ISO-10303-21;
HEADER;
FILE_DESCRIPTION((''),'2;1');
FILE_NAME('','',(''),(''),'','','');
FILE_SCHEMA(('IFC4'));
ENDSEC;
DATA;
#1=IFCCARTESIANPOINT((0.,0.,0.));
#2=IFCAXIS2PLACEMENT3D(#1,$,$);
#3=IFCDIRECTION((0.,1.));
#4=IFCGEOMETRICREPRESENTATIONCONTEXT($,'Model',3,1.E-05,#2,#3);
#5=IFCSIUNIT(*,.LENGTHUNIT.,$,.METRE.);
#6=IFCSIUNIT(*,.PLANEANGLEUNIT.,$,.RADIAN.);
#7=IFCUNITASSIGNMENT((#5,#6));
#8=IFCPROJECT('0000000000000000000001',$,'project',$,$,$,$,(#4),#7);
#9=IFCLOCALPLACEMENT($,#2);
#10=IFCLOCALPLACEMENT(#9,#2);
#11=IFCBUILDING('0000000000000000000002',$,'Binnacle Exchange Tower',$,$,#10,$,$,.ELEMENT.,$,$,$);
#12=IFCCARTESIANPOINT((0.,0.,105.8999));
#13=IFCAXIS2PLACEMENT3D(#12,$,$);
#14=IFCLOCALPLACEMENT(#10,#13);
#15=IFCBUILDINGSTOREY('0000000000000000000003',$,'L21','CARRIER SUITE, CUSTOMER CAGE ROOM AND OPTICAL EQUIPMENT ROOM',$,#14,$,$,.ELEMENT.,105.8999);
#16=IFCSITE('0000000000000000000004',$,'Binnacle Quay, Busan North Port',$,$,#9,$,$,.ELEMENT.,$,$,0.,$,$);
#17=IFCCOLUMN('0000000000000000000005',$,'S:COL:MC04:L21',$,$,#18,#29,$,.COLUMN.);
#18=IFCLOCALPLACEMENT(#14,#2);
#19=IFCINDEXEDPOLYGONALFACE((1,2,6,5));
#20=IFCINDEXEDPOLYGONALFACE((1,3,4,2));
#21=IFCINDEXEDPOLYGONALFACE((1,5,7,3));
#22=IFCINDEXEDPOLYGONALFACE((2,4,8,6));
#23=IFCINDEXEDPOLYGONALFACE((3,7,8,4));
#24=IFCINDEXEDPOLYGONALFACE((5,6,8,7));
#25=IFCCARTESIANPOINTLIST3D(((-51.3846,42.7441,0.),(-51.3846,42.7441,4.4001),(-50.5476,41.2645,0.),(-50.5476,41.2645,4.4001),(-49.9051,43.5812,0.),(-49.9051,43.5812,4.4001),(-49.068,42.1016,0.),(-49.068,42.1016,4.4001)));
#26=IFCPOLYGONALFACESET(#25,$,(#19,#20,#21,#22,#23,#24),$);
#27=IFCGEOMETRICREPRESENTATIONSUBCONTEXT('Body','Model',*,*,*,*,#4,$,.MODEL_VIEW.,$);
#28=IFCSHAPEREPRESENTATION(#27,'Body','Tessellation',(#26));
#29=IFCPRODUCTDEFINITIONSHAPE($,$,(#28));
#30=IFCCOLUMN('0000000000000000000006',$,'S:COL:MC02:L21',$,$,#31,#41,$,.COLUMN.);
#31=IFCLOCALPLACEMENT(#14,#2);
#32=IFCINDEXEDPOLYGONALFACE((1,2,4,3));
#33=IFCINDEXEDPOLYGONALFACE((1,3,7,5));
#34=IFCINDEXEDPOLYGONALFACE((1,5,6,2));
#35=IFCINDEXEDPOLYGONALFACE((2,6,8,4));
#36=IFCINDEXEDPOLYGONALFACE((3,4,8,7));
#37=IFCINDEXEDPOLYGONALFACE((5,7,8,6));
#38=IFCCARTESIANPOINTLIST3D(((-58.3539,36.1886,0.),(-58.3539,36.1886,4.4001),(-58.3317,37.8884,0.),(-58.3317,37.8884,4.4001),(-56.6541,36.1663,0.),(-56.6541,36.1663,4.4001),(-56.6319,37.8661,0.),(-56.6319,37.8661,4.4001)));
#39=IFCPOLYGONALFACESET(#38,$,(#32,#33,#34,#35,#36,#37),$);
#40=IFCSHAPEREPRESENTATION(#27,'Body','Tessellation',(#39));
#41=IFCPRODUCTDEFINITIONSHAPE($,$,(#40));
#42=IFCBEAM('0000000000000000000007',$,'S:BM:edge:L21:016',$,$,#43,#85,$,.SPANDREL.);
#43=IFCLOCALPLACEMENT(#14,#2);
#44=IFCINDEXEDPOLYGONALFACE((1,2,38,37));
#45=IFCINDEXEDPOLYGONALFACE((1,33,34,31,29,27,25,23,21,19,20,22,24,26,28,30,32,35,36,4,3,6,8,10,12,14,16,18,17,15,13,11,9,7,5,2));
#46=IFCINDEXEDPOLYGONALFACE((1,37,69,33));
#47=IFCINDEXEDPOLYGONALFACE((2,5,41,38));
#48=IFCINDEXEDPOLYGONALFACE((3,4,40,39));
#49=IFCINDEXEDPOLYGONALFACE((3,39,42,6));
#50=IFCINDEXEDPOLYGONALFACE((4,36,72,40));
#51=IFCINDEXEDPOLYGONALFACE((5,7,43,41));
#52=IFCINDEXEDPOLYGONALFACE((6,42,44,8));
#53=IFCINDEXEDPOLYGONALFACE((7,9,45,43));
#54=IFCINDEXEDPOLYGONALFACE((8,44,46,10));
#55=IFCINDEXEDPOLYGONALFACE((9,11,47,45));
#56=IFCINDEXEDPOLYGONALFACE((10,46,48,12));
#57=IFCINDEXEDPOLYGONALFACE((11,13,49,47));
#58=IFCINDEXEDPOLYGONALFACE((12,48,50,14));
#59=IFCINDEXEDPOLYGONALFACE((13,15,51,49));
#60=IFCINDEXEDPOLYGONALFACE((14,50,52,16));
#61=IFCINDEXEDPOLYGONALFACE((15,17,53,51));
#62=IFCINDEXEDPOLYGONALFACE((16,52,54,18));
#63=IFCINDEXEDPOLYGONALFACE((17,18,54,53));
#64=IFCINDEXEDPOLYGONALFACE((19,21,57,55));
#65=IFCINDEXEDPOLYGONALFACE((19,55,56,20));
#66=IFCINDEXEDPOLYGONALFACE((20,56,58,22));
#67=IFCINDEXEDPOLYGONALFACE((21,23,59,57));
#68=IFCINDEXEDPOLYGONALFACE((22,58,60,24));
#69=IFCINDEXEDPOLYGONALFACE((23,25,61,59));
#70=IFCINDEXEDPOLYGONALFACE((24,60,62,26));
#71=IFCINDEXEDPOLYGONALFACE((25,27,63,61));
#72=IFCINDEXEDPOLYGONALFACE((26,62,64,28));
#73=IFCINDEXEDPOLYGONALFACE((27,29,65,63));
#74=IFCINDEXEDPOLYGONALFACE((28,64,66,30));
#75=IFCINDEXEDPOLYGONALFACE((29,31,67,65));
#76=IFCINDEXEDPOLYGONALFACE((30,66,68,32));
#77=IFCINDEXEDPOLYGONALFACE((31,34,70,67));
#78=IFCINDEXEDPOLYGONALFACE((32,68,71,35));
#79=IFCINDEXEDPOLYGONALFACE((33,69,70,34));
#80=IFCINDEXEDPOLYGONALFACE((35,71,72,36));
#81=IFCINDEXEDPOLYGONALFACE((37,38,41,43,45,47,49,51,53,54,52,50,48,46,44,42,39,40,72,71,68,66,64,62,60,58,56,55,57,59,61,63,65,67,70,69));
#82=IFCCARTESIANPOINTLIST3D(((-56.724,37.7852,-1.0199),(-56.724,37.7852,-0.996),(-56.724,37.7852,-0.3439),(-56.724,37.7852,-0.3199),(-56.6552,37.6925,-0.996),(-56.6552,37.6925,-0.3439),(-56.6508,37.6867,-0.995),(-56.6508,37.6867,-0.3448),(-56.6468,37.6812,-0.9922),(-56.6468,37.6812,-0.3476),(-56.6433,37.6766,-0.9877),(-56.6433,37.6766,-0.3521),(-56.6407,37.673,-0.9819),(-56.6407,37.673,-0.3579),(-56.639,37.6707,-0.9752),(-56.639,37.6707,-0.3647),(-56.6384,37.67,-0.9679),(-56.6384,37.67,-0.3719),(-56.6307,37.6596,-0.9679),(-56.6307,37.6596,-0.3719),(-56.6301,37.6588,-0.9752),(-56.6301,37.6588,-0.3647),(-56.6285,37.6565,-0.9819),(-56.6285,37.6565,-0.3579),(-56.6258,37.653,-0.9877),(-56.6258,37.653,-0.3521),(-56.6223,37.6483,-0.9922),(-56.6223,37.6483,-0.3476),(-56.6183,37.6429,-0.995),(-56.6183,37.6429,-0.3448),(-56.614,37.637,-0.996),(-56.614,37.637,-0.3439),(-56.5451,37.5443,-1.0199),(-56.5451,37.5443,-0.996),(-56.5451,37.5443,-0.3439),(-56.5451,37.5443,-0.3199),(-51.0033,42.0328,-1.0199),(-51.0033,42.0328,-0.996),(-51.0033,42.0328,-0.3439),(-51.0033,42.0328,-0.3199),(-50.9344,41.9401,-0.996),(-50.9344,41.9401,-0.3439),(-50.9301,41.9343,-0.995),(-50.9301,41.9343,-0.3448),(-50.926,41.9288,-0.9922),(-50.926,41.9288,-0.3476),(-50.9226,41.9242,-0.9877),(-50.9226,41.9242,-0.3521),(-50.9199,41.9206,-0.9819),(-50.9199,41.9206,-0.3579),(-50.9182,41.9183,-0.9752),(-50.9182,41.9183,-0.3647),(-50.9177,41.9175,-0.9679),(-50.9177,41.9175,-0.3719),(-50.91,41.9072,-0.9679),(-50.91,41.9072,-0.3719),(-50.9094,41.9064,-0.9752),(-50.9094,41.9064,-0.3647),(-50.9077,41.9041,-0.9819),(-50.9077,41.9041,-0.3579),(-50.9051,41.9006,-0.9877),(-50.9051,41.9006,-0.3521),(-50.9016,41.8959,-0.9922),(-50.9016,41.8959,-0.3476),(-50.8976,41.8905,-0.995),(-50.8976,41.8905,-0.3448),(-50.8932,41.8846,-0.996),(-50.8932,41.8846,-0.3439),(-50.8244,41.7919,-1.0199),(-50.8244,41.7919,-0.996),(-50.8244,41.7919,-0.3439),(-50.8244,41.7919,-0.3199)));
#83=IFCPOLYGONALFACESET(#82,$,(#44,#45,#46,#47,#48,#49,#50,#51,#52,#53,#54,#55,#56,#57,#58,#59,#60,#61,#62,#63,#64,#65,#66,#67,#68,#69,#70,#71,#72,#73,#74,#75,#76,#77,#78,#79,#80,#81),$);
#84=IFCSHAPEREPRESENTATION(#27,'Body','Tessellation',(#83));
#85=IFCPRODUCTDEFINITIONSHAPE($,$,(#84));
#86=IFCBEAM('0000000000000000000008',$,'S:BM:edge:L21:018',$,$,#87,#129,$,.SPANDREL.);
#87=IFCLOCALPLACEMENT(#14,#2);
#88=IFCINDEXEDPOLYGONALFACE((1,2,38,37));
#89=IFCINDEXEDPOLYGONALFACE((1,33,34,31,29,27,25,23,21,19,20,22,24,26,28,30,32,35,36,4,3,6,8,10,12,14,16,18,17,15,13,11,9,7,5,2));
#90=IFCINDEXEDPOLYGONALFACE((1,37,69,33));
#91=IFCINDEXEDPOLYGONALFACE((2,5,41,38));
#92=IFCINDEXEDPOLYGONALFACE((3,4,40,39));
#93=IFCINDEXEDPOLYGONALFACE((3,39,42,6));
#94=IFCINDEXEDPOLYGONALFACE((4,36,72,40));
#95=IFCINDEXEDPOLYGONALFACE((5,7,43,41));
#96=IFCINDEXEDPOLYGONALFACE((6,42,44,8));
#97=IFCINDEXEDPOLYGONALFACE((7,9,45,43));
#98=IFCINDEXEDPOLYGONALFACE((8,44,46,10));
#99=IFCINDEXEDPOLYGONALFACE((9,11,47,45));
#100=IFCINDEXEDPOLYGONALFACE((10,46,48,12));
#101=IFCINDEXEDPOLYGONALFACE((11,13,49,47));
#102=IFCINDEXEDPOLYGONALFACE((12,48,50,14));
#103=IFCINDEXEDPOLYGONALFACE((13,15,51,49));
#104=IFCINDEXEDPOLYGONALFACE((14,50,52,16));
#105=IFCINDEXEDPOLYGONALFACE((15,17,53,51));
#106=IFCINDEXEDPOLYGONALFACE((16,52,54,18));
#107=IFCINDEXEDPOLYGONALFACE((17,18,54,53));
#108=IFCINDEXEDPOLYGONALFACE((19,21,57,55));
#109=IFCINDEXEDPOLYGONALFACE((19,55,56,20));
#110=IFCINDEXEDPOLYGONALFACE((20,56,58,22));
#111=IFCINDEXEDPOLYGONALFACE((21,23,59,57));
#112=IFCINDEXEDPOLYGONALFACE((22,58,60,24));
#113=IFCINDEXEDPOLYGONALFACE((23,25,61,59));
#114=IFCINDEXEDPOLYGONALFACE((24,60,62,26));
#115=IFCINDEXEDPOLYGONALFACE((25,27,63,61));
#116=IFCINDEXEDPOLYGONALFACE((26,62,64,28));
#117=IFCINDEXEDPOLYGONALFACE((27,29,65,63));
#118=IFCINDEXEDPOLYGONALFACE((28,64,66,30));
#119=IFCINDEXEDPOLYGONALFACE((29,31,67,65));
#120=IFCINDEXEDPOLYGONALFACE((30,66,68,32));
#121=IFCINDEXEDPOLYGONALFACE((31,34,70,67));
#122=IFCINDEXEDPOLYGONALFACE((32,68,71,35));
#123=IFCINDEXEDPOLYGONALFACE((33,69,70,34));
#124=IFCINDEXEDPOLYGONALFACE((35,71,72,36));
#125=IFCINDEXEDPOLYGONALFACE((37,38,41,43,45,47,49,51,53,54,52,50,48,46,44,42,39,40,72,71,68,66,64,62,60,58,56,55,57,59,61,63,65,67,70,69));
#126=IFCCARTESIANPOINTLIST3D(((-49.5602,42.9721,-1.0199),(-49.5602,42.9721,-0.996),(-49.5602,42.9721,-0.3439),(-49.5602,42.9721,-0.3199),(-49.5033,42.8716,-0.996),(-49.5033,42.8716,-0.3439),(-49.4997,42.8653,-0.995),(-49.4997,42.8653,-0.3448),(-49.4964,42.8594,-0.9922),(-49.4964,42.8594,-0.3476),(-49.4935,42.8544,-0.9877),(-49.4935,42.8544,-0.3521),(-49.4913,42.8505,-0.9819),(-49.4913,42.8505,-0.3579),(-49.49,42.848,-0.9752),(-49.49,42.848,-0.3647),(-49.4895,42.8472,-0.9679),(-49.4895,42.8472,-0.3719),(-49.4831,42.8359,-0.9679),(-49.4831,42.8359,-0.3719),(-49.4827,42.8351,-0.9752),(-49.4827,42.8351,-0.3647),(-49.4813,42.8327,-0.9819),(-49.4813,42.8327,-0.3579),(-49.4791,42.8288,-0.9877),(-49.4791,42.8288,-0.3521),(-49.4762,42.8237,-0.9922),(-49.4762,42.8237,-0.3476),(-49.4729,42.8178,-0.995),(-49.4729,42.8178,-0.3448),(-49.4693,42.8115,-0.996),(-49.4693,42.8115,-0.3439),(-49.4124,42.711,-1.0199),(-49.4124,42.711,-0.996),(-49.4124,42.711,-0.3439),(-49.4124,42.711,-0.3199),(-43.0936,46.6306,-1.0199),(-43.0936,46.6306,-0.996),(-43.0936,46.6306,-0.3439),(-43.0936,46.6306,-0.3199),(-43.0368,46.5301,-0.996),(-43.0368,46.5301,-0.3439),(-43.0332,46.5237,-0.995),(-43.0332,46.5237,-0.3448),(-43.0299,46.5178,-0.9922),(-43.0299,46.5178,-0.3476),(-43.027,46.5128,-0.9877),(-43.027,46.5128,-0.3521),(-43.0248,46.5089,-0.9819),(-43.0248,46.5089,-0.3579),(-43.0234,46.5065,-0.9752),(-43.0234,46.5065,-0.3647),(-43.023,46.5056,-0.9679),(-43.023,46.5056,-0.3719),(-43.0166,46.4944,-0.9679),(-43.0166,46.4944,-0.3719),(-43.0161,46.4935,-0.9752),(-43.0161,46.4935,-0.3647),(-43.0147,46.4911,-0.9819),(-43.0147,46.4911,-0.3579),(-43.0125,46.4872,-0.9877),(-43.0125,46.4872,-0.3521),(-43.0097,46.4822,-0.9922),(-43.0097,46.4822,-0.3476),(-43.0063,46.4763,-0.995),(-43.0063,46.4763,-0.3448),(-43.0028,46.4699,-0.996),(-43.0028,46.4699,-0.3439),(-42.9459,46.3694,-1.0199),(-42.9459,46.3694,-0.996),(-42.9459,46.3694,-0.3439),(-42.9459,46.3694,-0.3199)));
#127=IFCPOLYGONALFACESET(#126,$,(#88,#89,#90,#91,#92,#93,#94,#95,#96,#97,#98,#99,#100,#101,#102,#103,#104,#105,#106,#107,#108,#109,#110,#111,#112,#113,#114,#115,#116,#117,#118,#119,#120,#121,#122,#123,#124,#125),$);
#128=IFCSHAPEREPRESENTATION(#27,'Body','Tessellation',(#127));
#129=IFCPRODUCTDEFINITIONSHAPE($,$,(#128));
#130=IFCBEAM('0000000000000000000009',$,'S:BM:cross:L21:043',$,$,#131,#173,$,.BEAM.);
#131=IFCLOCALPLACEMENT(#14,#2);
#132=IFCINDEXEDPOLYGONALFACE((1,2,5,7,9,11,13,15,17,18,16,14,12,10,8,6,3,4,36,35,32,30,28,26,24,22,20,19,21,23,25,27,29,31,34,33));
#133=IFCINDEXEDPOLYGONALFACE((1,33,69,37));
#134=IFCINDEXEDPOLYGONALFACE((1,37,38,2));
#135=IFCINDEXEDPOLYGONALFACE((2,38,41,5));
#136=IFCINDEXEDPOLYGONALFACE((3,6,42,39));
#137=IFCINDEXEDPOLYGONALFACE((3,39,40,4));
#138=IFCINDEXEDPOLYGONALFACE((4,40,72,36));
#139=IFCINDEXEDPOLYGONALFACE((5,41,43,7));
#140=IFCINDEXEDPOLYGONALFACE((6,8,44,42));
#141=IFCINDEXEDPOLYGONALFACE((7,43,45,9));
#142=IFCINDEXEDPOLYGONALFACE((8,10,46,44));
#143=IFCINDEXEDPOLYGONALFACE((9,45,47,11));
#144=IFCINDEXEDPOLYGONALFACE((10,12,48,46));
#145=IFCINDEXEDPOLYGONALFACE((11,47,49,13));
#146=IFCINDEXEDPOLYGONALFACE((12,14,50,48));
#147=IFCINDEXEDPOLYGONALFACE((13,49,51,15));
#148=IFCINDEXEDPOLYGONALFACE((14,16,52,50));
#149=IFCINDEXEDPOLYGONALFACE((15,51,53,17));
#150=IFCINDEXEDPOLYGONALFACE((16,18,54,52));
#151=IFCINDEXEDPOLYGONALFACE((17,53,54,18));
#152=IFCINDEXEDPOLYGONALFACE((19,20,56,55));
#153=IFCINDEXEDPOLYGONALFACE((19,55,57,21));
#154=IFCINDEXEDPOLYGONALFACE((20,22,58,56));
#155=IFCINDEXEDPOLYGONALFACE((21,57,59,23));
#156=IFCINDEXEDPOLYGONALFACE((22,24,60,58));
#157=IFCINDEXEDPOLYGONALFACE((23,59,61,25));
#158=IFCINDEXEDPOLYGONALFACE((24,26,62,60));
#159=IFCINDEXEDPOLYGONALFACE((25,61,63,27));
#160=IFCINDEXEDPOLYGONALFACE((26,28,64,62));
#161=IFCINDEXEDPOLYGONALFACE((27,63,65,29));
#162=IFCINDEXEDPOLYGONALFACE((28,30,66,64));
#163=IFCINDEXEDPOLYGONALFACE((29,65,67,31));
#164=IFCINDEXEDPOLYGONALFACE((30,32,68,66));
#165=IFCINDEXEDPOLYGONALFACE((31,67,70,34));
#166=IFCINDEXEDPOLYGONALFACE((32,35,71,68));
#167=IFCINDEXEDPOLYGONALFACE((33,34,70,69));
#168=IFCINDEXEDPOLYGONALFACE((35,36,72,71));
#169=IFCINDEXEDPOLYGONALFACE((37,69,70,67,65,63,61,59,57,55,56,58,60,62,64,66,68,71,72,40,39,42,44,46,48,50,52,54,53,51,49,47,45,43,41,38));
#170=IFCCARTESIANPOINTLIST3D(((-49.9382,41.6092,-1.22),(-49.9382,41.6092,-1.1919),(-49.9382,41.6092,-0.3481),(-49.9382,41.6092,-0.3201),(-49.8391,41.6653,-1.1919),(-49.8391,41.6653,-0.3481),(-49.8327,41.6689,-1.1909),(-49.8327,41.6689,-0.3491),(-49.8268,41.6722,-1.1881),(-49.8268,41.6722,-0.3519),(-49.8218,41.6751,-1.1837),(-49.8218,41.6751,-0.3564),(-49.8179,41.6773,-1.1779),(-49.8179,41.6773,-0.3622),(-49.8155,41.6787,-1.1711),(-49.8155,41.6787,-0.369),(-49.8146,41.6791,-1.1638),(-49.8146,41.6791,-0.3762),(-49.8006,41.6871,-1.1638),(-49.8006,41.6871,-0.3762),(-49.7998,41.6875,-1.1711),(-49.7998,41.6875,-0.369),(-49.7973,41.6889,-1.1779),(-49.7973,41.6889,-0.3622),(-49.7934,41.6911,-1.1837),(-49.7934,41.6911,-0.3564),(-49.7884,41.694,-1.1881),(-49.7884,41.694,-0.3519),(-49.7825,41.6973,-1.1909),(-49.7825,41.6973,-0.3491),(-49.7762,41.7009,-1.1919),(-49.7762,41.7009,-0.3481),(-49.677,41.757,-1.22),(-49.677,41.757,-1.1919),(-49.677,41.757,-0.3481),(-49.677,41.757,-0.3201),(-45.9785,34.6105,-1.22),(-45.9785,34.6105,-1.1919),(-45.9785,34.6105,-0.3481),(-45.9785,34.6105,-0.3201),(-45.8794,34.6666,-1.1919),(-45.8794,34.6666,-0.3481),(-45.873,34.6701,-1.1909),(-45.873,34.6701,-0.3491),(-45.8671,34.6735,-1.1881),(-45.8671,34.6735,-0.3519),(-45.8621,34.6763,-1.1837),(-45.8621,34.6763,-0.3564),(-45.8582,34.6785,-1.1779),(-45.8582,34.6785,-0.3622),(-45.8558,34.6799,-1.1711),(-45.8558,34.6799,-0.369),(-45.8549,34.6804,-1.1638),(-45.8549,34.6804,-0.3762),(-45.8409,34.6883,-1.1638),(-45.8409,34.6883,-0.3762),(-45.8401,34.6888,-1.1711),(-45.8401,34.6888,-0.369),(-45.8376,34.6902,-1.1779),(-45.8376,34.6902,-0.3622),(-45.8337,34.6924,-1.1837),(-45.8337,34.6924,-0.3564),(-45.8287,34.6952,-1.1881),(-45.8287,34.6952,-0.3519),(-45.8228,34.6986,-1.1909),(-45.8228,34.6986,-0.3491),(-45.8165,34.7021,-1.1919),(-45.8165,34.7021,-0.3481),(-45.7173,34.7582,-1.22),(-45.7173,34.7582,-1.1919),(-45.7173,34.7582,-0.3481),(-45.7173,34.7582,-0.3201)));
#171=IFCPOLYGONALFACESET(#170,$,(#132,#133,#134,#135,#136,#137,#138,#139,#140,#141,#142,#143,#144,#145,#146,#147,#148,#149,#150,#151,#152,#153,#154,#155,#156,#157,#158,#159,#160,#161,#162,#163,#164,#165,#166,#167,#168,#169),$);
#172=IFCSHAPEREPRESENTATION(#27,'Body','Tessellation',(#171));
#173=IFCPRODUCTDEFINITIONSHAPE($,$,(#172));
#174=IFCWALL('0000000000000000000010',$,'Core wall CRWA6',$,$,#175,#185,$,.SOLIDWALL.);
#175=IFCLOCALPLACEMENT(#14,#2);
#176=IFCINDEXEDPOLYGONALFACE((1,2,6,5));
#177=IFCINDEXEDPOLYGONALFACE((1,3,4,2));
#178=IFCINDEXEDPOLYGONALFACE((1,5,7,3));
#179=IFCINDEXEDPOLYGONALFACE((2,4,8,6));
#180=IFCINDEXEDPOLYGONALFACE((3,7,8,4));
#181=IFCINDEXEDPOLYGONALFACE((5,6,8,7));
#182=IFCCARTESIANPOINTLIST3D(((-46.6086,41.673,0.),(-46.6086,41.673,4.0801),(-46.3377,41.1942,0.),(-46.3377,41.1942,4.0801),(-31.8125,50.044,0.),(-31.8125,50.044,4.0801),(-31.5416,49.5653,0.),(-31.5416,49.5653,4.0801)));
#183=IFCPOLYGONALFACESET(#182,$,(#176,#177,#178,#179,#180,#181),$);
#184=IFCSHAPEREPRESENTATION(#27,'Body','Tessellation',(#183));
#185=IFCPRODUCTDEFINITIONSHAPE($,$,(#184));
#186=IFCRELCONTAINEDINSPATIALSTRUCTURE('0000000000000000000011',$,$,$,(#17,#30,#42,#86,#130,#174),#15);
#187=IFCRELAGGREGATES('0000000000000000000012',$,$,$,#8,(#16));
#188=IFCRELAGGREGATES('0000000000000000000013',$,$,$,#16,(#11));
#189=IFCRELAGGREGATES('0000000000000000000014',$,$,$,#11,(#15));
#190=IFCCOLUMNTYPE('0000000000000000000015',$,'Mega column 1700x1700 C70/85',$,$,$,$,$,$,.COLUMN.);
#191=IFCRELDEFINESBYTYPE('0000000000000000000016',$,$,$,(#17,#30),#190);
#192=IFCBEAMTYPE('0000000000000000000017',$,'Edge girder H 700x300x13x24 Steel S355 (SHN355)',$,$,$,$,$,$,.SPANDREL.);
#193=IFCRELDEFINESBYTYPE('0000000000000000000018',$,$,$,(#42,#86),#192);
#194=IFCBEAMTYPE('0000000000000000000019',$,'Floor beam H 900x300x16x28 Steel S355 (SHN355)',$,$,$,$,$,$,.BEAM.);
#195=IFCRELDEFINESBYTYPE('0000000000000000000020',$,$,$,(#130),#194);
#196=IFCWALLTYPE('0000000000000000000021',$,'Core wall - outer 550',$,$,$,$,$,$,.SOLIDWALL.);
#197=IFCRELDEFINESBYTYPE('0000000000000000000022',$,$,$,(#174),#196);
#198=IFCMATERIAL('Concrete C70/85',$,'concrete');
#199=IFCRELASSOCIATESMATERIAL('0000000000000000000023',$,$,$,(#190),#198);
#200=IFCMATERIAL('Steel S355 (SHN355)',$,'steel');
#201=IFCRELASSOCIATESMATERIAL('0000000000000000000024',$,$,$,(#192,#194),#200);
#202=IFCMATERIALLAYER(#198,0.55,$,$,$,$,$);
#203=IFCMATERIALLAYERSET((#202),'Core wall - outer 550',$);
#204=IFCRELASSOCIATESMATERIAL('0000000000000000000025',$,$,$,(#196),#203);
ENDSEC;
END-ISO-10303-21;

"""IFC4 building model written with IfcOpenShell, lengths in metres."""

from ifc_helpers import new_model, si_unit, direction, frame, frame_2d, origin, origin_2d, place, context, subcontext, project, spatial, rectangle, i_section, extrude, material, layer, layer_set, material_profile, profile_set, type_object, element, save


model = new_model("IFC4")

# Units and contexts
model_context = context("Model", 3, precision=1e-05, world=origin(), true_north=direction((0.0, 1.0)))
body_context = subcontext(model_context, "Body", "Model", "MODEL_VIEW")
ifc_project = project(units=[si_unit("LENGTHUNIT", "METRE"), si_unit("PLANEANGLEUNIT", "RADIAN")], contexts=[model_context])

# Site, building, storey
site_placement = place(None, origin())
site = spatial("IfcSite", under=ifc_project, at=site_placement, Name="Binnacle Quay, Busan North Port", CompositionType="ELEMENT", RefElevation=0.0)
building_placement = place(site_placement, origin())
building = spatial("IfcBuilding", under=site, at=building_placement, Name="Binnacle Exchange Tower", CompositionType="ELEMENT")
storey_placement = place(building_placement, frame((0.0, 0.0, 105.8999)))
storey = spatial("IfcBuildingStorey", under=building, at=storey_placement, Name="L21", Description="CARRIER SUITE, CUSTOMER CAGE ROOM AND OPTICAL EQUIPMENT ROOM", CompositionType="ELEMENT", Elevation=105.8999)

# Columns
ifc_material_1 = material(Name="Concrete C70/85", Category="concrete")
ifc_material_profile_1 = material_profile(ifc_material_1, rectangle(XDim=1.7, YDim=1.7, at=origin_2d()), Name="Mega column 1700x1700 C70/85")
ifc_profile_set_1 = profile_set([ifc_material_profile_1], Name="Concrete C70/85")
column_type = type_object("IfcColumnType", Name="Mega column 1700x1700 C70/85", PredefinedType="COLUMN", material=ifc_profile_set_1)
for number, where, z_axis, x_axis, name in (
    (1, (-50.2263, 42.4229, 0.0), (0.0, 0.0, 1.0), (-0.870356, -0.492424, 0.0), "S:COL:MC04:L21"),
    (2, (-57.4929, 37.0273, 0.0), (0.0, 0.0, 1.0), (-0.01309, -0.999914, 0.0), "S:COL:MC02:L21"),
):
    element("IfcColumn", number, at=place(storey_placement, frame(where, z_axis=z_axis, x_axis=x_axis)), inside=storey, type_object=column_type, Name=name, PredefinedType="COLUMN", context=body_context, shape_type="SweptSolid", body=[
        extrude(rectangle(XDim=1.7, YDim=1.7, at=origin_2d()), origin(), (0.0, 0.0, 1.0), 4.4001),
    ])

# Beams
ifc_material_2 = material(Name="Steel S355 (SHN355)", Category="steel")
ifc_material_profile_2 = material_profile(ifc_material_2, i_section(OverallWidth=0.3, OverallDepth=0.7, WebThickness=0.0129, FlangeThickness=0.0239, FilletRadius=0.0281, at=origin_2d()), Name="H 700x300x13x24")
ifc_profile_set_2 = profile_set([ifc_material_profile_2], Name="Steel S355 (SHN355)")
beam_type_1 = type_object("IfcBeamType", Name="Edge girder H 700x300x13x24 Steel S355 (SHN355)", PredefinedType="SPANDREL", material=ifc_profile_set_2)
beam_1_placement = place(storey_placement, frame((-50.9138, 41.9124, -0.6699), z_axis=(-0.802885, -0.596133, 0.0), x_axis=(0.596133, -0.802885, 0.0)))
element("IfcBeam", 3, at=beam_1_placement, inside=storey, type_object=beam_type_1, Name="S:BM:edge:L21:016", PredefinedType="SPANDREL", context=body_context, shape_type="SweptSolid", body=[
    extrude(i_section(OverallWidth=0.3, OverallDepth=0.7, WebThickness=0.0129, FlangeThickness=0.0239, FilletRadius=0.0281, at=origin_2d()), origin(), (0.0, 0.0, 1.0), 7.1252),
])
beam_2_placement = place(storey_placement, frame((-43.0198, 46.5, -0.6699), z_axis=(-0.870364, -0.492408, 0.0), x_axis=(0.492408, -0.870364, 0.0)))
element("IfcBeam", 4, at=beam_2_placement, inside=storey, type_object=beam_type_1, Name="S:BM:edge:L21:018", PredefinedType="SPANDREL", context=body_context, shape_type="SweptSolid", body=[
    extrude(i_section(OverallWidth=0.3, OverallDepth=0.7, WebThickness=0.0129, FlangeThickness=0.0239, FilletRadius=0.0281, at=origin_2d()), origin(), (0.0, 0.0, 1.0), 7.4297),
])
ifc_material_profile_3 = material_profile(ifc_material_2, i_section(OverallWidth=0.3, OverallDepth=0.8999, WebThickness=0.0161, FlangeThickness=0.0281, FilletRadius=0.0281, at=origin_2d()), Name="H 900x300x16x28")
ifc_profile_set_3 = profile_set([ifc_material_profile_3], Name="Steel S355 (SHN355)")
beam_type_2 = type_object("IfcBeamType", Name="Floor beam H 900x300x16x28 Steel S355 (SHN355)", PredefinedType="BEAM", material=ifc_profile_set_3)
beam_3_placement = place(storey_placement, frame((-49.8076, 41.6831, -0.77), z_axis=(0.492423, -0.870356, 0.0), x_axis=(0.870356, 0.492423, 0.0)))
element("IfcBeam", 5, at=beam_3_placement, inside=storey, type_object=beam_type_2, Name="S:BM:cross:L21:043", PredefinedType="BEAM", context=body_context, shape_type="SweptSolid", body=[
    extrude(i_section(OverallWidth=0.3, OverallDepth=0.8999, WebThickness=0.0161, FlangeThickness=0.0281, FilletRadius=0.0281, at=origin_2d()), origin(), (0.0, 0.0, 1.0), 8.0413),
])

# Wall
ifc_layer_1 = layer(ifc_material_1, 0.55)
ifc_layer_set_1 = layer_set([ifc_layer_1], Name="Core wall - outer 550")
wall_type_1 = type_object("IfcWallType", Name="Core wall - outer 550", PredefinedType="SOLIDWALL", material=ifc_layer_set_1)
wall_1_placement = place(storey_placement, frame((-46.4731, 41.4336, 0.0), z_axis=(0.0, 0.0, 1.0), x_axis=(0.87036, 0.492416, 0.0)))
element("IfcWall", 6, at=wall_1_placement, inside=storey, type_object=wall_type_1, Name="Core wall CRWA6", PredefinedType="SOLIDWALL", context=body_context, shape_type="SweptSolid", body=[
    extrude(rectangle(XDim=17.0, YDim=0.55, at=frame_2d((8.5, 0.0))), origin(), (0.0, 0.0, 1.0), 4.0801),
])

save(model, "model.ifc")
